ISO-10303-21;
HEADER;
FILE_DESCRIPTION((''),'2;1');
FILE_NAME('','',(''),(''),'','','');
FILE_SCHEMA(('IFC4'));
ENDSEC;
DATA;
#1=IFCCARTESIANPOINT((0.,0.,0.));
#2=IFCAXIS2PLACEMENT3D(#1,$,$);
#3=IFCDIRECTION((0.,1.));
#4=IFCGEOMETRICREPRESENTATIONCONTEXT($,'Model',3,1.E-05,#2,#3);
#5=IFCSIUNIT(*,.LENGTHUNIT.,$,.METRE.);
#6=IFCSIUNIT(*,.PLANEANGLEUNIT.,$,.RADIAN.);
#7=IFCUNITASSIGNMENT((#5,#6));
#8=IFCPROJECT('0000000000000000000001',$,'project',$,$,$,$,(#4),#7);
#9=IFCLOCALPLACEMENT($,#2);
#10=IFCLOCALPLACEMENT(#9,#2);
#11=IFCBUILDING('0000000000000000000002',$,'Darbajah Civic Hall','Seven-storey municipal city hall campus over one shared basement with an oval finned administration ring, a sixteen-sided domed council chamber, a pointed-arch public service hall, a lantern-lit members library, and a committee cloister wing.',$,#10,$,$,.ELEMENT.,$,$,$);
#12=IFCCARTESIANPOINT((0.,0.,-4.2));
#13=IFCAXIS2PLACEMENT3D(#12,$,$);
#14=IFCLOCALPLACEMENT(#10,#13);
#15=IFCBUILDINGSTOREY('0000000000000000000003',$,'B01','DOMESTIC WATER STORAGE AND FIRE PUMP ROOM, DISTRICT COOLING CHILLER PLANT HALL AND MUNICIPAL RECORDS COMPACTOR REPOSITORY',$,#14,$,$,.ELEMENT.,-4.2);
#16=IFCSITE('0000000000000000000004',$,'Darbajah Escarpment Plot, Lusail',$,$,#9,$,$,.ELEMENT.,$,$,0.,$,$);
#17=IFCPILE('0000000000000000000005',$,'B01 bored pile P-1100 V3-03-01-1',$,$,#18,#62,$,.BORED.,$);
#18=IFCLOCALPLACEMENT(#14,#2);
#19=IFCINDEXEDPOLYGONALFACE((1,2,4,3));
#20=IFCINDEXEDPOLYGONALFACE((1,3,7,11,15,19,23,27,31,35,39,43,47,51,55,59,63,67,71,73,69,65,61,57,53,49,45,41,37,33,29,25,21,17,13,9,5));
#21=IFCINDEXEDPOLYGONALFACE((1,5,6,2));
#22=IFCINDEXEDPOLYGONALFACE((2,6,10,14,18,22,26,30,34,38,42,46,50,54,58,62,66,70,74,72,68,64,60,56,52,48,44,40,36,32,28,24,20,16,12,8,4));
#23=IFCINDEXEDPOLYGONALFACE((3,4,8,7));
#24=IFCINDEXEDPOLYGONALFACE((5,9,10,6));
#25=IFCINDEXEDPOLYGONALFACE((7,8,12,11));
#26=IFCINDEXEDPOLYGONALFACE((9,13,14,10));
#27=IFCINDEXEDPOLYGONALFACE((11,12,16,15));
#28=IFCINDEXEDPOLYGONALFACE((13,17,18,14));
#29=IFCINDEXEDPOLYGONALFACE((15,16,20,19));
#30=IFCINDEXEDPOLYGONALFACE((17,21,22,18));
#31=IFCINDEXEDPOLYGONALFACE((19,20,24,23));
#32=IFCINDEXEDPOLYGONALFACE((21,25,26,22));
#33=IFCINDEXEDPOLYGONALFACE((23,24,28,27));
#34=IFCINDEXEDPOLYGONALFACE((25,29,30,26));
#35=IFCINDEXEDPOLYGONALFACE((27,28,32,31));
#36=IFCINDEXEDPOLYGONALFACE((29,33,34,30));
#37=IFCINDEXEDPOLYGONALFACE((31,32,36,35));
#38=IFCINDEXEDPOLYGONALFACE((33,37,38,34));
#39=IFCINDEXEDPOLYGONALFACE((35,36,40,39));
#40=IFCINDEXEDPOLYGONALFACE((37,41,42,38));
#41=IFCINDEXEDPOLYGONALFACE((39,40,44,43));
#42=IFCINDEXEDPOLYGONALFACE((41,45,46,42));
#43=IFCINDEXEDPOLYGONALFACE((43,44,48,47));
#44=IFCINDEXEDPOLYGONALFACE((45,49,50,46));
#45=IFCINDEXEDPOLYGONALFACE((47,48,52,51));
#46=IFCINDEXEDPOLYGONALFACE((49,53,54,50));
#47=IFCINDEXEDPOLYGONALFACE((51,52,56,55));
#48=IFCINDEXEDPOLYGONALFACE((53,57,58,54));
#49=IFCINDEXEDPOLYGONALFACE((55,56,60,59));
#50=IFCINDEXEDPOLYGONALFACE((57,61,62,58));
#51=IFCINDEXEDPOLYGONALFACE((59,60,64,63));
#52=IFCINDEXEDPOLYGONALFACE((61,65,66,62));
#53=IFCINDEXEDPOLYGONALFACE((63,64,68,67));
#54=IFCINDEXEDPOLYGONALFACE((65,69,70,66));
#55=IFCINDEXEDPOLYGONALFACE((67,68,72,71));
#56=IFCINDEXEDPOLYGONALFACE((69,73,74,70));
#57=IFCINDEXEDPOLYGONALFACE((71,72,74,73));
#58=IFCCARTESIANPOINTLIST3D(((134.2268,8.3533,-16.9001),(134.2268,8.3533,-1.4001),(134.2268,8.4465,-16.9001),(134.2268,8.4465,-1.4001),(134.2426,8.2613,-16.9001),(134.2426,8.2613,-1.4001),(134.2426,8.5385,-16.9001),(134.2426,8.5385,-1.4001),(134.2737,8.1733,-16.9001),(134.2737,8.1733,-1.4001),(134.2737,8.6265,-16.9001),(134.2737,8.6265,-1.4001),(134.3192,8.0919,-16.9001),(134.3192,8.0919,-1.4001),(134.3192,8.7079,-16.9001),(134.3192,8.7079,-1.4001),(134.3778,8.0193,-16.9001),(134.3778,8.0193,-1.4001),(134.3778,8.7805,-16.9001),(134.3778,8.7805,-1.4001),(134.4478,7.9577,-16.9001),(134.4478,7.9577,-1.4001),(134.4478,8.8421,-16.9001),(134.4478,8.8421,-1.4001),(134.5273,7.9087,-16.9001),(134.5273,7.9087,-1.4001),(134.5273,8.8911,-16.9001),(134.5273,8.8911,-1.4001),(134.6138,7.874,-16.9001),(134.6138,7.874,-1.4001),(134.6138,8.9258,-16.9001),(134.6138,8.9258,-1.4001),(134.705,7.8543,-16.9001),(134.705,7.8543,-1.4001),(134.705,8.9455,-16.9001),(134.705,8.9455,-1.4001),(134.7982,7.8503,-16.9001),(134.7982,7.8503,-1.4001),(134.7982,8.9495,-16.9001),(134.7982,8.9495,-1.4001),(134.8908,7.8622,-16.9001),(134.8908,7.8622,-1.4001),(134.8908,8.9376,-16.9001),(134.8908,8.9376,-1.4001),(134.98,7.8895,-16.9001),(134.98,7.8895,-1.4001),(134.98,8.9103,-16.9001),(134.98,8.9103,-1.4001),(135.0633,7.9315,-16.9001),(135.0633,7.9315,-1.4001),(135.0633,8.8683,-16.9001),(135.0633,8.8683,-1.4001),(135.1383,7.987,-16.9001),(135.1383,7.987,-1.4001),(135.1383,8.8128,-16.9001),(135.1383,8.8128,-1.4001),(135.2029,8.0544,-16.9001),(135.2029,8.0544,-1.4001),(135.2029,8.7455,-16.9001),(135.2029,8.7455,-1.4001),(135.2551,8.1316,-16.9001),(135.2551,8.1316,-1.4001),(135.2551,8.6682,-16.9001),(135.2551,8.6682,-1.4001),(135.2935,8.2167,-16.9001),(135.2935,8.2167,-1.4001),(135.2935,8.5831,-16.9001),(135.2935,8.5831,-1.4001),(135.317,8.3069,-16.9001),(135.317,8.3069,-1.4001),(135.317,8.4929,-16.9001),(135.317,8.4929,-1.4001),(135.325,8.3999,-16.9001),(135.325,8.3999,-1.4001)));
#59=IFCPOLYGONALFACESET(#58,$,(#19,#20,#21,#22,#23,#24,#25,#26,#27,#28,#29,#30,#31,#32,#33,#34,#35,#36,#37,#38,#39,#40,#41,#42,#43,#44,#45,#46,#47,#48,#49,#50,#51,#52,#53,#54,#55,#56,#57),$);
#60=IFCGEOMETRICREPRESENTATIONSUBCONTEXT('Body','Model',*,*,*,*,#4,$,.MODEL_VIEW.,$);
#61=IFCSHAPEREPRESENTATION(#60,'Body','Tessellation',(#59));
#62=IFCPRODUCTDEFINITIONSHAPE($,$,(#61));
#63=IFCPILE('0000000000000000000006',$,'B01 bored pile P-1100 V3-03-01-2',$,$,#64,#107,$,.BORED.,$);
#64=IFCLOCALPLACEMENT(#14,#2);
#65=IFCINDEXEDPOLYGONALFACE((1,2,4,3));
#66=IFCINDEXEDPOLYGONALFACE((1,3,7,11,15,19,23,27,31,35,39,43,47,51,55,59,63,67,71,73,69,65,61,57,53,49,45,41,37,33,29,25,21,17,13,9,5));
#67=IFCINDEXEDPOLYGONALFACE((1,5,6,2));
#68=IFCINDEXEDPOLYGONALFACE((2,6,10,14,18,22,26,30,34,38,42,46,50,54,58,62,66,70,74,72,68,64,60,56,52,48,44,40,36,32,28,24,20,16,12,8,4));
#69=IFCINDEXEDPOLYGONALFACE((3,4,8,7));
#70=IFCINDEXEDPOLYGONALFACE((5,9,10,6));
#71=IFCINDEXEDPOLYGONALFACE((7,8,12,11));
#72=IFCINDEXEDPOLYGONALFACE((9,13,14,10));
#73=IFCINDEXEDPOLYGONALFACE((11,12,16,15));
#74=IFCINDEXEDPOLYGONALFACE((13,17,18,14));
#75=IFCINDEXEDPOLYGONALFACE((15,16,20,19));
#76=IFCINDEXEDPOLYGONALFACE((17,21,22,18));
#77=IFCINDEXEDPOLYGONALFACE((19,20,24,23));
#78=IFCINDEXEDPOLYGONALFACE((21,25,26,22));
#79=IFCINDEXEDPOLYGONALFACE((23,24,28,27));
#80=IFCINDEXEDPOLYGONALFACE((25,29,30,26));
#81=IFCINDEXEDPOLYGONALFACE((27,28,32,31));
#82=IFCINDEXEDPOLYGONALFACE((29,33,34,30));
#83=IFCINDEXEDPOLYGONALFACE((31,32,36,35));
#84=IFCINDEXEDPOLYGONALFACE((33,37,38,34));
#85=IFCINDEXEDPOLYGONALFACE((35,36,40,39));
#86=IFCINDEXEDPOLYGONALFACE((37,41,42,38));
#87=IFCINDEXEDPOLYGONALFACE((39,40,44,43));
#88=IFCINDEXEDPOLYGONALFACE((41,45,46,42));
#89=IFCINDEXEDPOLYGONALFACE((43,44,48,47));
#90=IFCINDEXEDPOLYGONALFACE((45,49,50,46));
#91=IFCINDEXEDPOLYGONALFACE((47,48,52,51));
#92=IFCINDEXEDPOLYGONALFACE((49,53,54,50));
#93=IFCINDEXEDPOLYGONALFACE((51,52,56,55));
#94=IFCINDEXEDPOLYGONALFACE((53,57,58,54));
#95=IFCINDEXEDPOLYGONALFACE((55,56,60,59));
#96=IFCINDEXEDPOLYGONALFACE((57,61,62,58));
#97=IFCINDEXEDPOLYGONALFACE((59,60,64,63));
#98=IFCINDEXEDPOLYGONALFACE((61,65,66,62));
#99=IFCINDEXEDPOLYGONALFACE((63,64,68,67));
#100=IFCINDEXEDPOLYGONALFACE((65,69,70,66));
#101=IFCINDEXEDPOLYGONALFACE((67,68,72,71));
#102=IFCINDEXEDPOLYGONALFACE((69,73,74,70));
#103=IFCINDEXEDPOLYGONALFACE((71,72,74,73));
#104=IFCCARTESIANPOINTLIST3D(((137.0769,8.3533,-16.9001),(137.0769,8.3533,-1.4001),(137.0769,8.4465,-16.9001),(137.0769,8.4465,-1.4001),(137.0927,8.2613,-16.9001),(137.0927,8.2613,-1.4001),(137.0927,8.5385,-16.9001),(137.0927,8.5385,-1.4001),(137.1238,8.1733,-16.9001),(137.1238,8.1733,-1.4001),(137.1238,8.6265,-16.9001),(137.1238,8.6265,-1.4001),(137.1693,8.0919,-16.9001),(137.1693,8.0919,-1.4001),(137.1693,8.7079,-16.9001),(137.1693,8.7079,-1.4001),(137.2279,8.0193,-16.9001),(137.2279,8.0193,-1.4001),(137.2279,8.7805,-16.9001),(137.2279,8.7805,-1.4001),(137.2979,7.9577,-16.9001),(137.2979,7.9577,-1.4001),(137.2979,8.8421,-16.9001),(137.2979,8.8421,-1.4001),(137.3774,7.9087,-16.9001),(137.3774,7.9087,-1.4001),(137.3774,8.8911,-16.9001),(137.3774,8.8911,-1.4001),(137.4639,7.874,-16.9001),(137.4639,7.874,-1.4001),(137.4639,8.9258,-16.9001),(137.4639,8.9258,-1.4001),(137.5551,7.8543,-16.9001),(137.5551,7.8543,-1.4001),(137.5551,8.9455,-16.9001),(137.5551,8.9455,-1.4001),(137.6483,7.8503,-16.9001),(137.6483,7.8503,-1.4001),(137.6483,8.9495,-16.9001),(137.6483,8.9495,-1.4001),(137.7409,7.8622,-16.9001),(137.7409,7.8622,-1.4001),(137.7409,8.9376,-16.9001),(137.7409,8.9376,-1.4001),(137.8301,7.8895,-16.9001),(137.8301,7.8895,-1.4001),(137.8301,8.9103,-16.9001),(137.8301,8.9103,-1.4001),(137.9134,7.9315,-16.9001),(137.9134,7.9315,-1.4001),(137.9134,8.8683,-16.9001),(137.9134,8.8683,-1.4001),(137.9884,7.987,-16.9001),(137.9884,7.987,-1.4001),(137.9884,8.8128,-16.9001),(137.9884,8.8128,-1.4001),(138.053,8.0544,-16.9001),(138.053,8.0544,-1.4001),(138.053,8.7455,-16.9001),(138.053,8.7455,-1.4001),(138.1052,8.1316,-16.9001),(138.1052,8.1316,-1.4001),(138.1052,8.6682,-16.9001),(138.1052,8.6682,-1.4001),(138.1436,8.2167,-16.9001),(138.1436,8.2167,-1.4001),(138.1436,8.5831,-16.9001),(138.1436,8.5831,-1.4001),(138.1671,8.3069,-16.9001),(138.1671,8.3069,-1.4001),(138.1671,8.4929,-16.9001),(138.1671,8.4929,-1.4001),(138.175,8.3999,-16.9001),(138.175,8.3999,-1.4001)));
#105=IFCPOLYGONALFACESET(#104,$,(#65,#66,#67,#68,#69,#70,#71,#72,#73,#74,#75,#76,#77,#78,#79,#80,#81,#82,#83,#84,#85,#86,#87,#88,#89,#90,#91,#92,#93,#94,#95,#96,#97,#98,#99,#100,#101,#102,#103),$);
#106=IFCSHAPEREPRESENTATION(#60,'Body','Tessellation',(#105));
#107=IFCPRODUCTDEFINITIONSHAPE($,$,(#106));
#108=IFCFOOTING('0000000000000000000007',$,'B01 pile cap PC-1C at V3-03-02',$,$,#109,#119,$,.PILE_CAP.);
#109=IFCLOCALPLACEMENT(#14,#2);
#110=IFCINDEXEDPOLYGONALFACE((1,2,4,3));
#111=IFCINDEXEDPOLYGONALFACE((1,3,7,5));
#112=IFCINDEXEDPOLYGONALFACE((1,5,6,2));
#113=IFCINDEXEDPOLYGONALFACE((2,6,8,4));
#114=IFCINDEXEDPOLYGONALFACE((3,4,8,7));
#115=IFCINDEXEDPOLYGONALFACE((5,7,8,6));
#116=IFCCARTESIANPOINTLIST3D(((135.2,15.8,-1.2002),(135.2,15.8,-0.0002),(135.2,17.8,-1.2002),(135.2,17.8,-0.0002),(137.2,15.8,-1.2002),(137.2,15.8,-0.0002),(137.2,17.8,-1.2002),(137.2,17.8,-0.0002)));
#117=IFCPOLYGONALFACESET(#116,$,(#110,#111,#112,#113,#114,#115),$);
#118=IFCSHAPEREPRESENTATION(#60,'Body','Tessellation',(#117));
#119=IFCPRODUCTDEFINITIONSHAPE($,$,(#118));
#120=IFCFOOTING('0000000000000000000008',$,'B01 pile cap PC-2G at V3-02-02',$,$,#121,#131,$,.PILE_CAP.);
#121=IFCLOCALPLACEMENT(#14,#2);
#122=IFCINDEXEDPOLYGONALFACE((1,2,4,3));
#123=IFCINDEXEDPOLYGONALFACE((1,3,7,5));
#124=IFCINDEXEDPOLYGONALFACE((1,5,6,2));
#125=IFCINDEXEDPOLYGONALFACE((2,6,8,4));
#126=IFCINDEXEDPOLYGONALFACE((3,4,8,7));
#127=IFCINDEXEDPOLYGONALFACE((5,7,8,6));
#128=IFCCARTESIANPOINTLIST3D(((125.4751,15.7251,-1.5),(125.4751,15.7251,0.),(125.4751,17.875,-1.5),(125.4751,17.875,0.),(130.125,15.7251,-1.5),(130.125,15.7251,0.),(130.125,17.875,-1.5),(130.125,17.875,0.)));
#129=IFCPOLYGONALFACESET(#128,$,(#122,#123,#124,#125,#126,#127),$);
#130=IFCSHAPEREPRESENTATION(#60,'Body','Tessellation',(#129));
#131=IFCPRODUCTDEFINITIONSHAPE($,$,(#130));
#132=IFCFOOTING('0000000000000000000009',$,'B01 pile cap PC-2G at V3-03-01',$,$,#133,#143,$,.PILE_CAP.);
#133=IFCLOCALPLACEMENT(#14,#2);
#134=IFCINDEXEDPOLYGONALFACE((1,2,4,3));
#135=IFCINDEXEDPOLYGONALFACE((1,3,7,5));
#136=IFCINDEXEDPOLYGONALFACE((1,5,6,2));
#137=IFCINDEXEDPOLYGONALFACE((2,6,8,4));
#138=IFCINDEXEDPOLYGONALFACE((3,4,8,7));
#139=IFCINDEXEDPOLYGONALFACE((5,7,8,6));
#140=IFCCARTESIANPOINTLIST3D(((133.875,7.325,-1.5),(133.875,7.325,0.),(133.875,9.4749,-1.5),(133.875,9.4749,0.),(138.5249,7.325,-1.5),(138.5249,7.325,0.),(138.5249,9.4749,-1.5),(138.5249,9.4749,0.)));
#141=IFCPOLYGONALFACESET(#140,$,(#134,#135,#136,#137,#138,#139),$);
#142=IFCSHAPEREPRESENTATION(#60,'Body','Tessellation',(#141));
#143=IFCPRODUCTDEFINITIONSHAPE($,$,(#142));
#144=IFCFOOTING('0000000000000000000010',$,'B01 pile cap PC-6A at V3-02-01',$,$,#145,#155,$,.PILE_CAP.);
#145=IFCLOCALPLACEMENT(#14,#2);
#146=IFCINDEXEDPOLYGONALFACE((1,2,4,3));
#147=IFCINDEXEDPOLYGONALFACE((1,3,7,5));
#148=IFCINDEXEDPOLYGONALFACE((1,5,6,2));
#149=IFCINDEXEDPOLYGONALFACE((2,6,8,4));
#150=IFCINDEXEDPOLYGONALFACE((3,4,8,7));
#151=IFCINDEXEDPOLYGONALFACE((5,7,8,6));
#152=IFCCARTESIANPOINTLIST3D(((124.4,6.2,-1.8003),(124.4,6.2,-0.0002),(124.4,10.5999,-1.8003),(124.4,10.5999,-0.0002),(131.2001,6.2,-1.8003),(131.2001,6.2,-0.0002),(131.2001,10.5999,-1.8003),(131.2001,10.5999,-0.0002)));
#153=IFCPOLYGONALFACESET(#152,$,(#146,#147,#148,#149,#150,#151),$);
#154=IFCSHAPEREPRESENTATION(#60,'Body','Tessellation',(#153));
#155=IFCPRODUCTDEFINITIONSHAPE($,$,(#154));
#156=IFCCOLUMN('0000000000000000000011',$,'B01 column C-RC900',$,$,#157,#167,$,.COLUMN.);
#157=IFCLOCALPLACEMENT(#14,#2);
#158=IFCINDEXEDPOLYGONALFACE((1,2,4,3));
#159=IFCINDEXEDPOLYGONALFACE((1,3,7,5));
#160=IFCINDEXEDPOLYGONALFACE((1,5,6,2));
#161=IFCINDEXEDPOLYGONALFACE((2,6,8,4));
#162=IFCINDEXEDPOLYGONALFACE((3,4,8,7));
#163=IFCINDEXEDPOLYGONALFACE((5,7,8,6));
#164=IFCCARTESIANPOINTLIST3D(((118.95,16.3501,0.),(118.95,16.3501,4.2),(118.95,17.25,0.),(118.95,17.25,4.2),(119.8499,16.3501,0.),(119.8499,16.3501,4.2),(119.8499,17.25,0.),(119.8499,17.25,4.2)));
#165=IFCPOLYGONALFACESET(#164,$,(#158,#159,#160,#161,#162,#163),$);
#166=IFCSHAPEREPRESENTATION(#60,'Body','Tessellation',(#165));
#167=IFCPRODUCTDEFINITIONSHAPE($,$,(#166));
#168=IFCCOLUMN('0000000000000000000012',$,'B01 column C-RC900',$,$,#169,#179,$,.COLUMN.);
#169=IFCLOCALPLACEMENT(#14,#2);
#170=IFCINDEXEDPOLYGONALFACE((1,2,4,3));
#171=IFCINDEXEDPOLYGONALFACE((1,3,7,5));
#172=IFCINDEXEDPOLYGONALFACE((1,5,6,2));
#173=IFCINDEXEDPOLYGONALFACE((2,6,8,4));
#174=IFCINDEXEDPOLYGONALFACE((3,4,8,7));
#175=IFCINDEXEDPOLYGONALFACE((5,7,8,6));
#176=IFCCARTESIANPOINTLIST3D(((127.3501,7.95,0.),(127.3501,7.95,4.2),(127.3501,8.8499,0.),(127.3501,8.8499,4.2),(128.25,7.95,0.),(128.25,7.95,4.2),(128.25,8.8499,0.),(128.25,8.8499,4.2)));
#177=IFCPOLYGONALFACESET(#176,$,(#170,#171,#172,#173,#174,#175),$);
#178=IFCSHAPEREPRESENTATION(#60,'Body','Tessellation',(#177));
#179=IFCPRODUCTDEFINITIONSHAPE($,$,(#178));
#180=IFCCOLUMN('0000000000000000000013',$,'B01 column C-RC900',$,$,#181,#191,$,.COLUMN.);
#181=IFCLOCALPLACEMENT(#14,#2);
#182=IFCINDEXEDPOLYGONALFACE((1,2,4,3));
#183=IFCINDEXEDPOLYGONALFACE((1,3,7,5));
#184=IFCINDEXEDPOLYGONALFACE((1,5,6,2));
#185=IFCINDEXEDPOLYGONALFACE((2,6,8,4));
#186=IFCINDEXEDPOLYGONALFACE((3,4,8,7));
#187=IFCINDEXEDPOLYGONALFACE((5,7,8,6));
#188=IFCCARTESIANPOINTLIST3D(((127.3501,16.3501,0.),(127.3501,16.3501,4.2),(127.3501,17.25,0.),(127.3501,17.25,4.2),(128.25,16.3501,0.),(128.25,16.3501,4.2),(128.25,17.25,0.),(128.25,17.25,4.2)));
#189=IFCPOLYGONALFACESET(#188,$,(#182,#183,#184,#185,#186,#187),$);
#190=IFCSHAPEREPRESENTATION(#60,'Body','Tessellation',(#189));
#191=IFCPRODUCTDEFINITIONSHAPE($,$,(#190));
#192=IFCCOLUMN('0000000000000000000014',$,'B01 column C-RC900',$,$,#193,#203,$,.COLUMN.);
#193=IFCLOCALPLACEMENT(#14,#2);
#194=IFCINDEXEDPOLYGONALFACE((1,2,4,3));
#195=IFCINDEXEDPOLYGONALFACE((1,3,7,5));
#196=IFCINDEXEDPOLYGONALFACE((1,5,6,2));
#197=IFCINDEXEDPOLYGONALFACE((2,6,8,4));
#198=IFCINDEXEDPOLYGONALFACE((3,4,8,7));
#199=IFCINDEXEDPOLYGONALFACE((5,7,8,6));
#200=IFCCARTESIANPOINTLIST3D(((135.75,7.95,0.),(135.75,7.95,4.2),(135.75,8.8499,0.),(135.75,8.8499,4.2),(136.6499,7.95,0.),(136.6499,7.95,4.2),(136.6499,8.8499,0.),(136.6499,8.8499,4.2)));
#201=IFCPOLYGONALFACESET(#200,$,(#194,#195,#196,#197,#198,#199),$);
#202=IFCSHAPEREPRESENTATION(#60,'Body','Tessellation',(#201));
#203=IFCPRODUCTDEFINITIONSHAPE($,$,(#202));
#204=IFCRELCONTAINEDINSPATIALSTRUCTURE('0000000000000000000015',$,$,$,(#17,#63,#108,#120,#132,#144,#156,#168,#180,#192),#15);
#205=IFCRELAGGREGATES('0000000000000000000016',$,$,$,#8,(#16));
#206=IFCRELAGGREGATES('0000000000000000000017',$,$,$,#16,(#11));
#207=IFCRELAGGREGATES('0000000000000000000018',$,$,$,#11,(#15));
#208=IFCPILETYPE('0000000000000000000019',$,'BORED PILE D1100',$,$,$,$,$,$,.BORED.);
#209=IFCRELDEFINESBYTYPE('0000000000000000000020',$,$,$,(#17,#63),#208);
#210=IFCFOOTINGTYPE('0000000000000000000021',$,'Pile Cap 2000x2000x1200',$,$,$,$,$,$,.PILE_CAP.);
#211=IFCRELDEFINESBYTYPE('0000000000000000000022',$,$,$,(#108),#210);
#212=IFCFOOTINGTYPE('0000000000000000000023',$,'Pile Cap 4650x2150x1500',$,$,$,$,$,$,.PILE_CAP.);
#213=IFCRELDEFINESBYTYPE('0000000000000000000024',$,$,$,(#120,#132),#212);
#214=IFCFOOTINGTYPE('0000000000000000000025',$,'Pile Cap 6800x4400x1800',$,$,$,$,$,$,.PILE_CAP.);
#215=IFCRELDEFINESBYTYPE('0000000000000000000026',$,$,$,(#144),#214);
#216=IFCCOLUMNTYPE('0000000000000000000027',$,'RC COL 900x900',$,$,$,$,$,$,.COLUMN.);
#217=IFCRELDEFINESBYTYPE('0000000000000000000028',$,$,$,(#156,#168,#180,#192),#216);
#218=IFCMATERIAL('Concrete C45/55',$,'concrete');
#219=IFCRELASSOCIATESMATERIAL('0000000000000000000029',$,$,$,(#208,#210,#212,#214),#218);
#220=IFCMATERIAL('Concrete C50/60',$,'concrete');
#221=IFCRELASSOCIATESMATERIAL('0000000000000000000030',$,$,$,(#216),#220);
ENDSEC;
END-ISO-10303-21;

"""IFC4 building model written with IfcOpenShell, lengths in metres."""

from ifc_helpers import new_model, si_unit, direction, frame, origin, origin_2d, place, context, subcontext, project, spatial, rectangle, circle, extrude, material, material_profile, profile_set, type_object, element, save


model = new_model("IFC4")

# Units and contexts
model_context = context("Model", 3, precision=1e-05, world=origin(), true_north=direction((0.0, 1.0)))
body_context = subcontext(model_context, "Body", "Model", "MODEL_VIEW")
ifc_project = project(units=[si_unit("LENGTHUNIT", "METRE"), si_unit("PLANEANGLEUNIT", "RADIAN")], contexts=[model_context])

# Site, building, storey
site_placement = place(None, origin())
site = spatial("IfcSite", under=ifc_project, at=site_placement, Name="Darbajah Escarpment Plot, Lusail", CompositionType="ELEMENT", RefElevation=0.0)
building_placement = place(site_placement, origin())
building = spatial("IfcBuilding", under=site, at=building_placement, Name="Darbajah Civic Hall", Description="Seven-storey municipal city hall campus over one shared basement with an oval finned administration ring, a sixteen-sided domed council chamber, a pointed-arch public service hall, a lantern-lit members library, and a committee cloister wing.", CompositionType="ELEMENT")
storey_placement = place(building_placement, frame((0.0, 0.0, -4.2)))
storey = spatial("IfcBuildingStorey", under=building, at=storey_placement, Name="B01", Description="DOMESTIC WATER STORAGE AND FIRE PUMP ROOM, DISTRICT COOLING CHILLER PLANT HALL AND MUNICIPAL RECORDS COMPACTOR REPOSITORY", CompositionType="ELEMENT", Elevation=-4.2)

# Piles
ifc_material_1 = material(Name="Concrete C45/55", Category="concrete")
ifc_material_profile_1 = material_profile(ifc_material_1, circle(Radius=0.55, at=origin_2d()), Name="BORED PILE D1100")
ifc_profile_set_1 = profile_set([ifc_material_profile_1], Name="Concrete C45/55")
pile_type_1 = type_object("IfcPileType", Name="BORED PILE D1100", PredefinedType="BORED", material=ifc_profile_set_1)
for number, where, z_axis, x_axis, name in (
    (1, (134.7749, 8.3999, -1.4001), (0.0, 0.0, -1.0), (1.0, 0.0, 0.0), "B01 bored pile P-1100 V3-03-01-1"),
    (2, (137.625, 8.3999, -1.4001), (0.0, 0.0, -1.0), (1.0, 0.0, 0.0), "B01 bored pile P-1100 V3-03-01-2"),
):
    element("IfcPile", number, at=place(storey_placement, frame(where, z_axis=z_axis, x_axis=x_axis)), inside=storey, type_object=pile_type_1, Name=name, PredefinedType="BORED", context=body_context, shape_type="SweptSolid", body=[
        extrude(circle(Radius=0.55, at=origin_2d()), origin(), (0.0, 0.0, 1.0), 15.5),
    ])

# Footings
footing_type_1 = type_object("IfcFootingType", Name="Pile Cap 2000x2000x1200", PredefinedType="PILE_CAP", material=ifc_material_1)
footing_1_placement = place(storey_placement, frame((136.2, 16.8, -1.2002), z_axis=(0.0, 0.0, 1.0), x_axis=(1.0, 0.0, 0.0)))
element("IfcFooting", 3, at=footing_1_placement, inside=storey, type_object=footing_type_1, Name="B01 pile cap PC-1C at V3-03-02", PredefinedType="PILE_CAP", context=body_context, shape_type="SweptSolid", body=[
    extrude(rectangle(XDim=2.0, YDim=2.0, at=origin_2d()), origin(), (0.0, 0.0, 1.0), 1.2),
])
footing_type_2 = type_object("IfcFootingType", Name="Pile Cap 4650x2150x1500", PredefinedType="PILE_CAP", material=ifc_material_1)
for number, where, z_axis, x_axis, name in (
    (4, (127.8, 16.8, -1.5), (0.0, 0.0, 1.0), (1.0, 0.0, 0.0), "B01 pile cap PC-2G at V3-02-02"),
    (5, (136.2, 8.3999, -1.5), (0.0, 0.0, 1.0), (1.0, 0.0, 0.0), "B01 pile cap PC-2G at V3-03-01"),
):
    element("IfcFooting", number, at=place(storey_placement, frame(where, z_axis=z_axis, x_axis=x_axis)), inside=storey, type_object=footing_type_2, Name=name, PredefinedType="PILE_CAP", context=body_context, shape_type="SweptSolid", body=[
        extrude(rectangle(XDim=4.6499, YDim=2.1499, at=origin_2d()), origin(), (0.0, 0.0, 1.0), 1.5),
    ])
footing_type_3 = type_object("IfcFootingType", Name="Pile Cap 6800x4400x1800", PredefinedType="PILE_CAP", material=ifc_material_1)
footing_2_placement = place(storey_placement, frame((127.8, 8.3999, -1.8003), z_axis=(0.0, 0.0, 1.0), x_axis=(1.0, 0.0, 0.0)))
element("IfcFooting", 6, at=footing_2_placement, inside=storey, type_object=footing_type_3, Name="B01 pile cap PC-6A at V3-02-01", PredefinedType="PILE_CAP", context=body_context, shape_type="SweptSolid", body=[
    extrude(rectangle(XDim=6.8, YDim=4.3999, at=origin_2d()), origin(), (0.0, 0.0, 1.0), 1.8),
])

# Columns
ifc_material_2 = material(Name="Concrete C50/60", Category="concrete")
ifc_material_profile_2 = material_profile(ifc_material_2, rectangle(XDim=0.8999, YDim=0.8999, at=origin_2d()), Name="RC COL 900x900")
ifc_profile_set_2 = profile_set([ifc_material_profile_2], Name="Concrete C50/60")
column_type = type_object("IfcColumnType", Name="RC COL 900x900", PredefinedType="COLUMN", material=ifc_profile_set_2)
for number, where, z_axis, x_axis, name in (
    (7, (119.3999, 16.8, 0.0), (0.0, 0.0, 1.0), (1.0, 0.0, 0.0), "B01 column C-RC900"),
    (8, (127.8, 8.3999, 0.0), (0.0, 0.0, 1.0), (1.0, 0.0, 0.0), "B01 column C-RC900"),
    (9, (127.8, 16.8, 0.0), (0.0, 0.0, 1.0), (1.0, 0.0, 0.0), "B01 column C-RC900"),
    (10, (136.2, 8.3999, 0.0), (0.0, 0.0, 1.0), (1.0, 0.0, 0.0), "B01 column C-RC900"),
):
    element("IfcColumn", number, at=place(storey_placement, frame(where, z_axis=z_axis, x_axis=x_axis)), inside=storey, type_object=column_type, Name=name, PredefinedType="COLUMN", context=body_context, shape_type="SweptSolid", body=[
        extrude(rectangle(XDim=0.8999, YDim=0.8999, at=origin_2d()), origin(), (0.0, 0.0, 1.0), 4.2),
    ])

save(model, "model.ifc")
